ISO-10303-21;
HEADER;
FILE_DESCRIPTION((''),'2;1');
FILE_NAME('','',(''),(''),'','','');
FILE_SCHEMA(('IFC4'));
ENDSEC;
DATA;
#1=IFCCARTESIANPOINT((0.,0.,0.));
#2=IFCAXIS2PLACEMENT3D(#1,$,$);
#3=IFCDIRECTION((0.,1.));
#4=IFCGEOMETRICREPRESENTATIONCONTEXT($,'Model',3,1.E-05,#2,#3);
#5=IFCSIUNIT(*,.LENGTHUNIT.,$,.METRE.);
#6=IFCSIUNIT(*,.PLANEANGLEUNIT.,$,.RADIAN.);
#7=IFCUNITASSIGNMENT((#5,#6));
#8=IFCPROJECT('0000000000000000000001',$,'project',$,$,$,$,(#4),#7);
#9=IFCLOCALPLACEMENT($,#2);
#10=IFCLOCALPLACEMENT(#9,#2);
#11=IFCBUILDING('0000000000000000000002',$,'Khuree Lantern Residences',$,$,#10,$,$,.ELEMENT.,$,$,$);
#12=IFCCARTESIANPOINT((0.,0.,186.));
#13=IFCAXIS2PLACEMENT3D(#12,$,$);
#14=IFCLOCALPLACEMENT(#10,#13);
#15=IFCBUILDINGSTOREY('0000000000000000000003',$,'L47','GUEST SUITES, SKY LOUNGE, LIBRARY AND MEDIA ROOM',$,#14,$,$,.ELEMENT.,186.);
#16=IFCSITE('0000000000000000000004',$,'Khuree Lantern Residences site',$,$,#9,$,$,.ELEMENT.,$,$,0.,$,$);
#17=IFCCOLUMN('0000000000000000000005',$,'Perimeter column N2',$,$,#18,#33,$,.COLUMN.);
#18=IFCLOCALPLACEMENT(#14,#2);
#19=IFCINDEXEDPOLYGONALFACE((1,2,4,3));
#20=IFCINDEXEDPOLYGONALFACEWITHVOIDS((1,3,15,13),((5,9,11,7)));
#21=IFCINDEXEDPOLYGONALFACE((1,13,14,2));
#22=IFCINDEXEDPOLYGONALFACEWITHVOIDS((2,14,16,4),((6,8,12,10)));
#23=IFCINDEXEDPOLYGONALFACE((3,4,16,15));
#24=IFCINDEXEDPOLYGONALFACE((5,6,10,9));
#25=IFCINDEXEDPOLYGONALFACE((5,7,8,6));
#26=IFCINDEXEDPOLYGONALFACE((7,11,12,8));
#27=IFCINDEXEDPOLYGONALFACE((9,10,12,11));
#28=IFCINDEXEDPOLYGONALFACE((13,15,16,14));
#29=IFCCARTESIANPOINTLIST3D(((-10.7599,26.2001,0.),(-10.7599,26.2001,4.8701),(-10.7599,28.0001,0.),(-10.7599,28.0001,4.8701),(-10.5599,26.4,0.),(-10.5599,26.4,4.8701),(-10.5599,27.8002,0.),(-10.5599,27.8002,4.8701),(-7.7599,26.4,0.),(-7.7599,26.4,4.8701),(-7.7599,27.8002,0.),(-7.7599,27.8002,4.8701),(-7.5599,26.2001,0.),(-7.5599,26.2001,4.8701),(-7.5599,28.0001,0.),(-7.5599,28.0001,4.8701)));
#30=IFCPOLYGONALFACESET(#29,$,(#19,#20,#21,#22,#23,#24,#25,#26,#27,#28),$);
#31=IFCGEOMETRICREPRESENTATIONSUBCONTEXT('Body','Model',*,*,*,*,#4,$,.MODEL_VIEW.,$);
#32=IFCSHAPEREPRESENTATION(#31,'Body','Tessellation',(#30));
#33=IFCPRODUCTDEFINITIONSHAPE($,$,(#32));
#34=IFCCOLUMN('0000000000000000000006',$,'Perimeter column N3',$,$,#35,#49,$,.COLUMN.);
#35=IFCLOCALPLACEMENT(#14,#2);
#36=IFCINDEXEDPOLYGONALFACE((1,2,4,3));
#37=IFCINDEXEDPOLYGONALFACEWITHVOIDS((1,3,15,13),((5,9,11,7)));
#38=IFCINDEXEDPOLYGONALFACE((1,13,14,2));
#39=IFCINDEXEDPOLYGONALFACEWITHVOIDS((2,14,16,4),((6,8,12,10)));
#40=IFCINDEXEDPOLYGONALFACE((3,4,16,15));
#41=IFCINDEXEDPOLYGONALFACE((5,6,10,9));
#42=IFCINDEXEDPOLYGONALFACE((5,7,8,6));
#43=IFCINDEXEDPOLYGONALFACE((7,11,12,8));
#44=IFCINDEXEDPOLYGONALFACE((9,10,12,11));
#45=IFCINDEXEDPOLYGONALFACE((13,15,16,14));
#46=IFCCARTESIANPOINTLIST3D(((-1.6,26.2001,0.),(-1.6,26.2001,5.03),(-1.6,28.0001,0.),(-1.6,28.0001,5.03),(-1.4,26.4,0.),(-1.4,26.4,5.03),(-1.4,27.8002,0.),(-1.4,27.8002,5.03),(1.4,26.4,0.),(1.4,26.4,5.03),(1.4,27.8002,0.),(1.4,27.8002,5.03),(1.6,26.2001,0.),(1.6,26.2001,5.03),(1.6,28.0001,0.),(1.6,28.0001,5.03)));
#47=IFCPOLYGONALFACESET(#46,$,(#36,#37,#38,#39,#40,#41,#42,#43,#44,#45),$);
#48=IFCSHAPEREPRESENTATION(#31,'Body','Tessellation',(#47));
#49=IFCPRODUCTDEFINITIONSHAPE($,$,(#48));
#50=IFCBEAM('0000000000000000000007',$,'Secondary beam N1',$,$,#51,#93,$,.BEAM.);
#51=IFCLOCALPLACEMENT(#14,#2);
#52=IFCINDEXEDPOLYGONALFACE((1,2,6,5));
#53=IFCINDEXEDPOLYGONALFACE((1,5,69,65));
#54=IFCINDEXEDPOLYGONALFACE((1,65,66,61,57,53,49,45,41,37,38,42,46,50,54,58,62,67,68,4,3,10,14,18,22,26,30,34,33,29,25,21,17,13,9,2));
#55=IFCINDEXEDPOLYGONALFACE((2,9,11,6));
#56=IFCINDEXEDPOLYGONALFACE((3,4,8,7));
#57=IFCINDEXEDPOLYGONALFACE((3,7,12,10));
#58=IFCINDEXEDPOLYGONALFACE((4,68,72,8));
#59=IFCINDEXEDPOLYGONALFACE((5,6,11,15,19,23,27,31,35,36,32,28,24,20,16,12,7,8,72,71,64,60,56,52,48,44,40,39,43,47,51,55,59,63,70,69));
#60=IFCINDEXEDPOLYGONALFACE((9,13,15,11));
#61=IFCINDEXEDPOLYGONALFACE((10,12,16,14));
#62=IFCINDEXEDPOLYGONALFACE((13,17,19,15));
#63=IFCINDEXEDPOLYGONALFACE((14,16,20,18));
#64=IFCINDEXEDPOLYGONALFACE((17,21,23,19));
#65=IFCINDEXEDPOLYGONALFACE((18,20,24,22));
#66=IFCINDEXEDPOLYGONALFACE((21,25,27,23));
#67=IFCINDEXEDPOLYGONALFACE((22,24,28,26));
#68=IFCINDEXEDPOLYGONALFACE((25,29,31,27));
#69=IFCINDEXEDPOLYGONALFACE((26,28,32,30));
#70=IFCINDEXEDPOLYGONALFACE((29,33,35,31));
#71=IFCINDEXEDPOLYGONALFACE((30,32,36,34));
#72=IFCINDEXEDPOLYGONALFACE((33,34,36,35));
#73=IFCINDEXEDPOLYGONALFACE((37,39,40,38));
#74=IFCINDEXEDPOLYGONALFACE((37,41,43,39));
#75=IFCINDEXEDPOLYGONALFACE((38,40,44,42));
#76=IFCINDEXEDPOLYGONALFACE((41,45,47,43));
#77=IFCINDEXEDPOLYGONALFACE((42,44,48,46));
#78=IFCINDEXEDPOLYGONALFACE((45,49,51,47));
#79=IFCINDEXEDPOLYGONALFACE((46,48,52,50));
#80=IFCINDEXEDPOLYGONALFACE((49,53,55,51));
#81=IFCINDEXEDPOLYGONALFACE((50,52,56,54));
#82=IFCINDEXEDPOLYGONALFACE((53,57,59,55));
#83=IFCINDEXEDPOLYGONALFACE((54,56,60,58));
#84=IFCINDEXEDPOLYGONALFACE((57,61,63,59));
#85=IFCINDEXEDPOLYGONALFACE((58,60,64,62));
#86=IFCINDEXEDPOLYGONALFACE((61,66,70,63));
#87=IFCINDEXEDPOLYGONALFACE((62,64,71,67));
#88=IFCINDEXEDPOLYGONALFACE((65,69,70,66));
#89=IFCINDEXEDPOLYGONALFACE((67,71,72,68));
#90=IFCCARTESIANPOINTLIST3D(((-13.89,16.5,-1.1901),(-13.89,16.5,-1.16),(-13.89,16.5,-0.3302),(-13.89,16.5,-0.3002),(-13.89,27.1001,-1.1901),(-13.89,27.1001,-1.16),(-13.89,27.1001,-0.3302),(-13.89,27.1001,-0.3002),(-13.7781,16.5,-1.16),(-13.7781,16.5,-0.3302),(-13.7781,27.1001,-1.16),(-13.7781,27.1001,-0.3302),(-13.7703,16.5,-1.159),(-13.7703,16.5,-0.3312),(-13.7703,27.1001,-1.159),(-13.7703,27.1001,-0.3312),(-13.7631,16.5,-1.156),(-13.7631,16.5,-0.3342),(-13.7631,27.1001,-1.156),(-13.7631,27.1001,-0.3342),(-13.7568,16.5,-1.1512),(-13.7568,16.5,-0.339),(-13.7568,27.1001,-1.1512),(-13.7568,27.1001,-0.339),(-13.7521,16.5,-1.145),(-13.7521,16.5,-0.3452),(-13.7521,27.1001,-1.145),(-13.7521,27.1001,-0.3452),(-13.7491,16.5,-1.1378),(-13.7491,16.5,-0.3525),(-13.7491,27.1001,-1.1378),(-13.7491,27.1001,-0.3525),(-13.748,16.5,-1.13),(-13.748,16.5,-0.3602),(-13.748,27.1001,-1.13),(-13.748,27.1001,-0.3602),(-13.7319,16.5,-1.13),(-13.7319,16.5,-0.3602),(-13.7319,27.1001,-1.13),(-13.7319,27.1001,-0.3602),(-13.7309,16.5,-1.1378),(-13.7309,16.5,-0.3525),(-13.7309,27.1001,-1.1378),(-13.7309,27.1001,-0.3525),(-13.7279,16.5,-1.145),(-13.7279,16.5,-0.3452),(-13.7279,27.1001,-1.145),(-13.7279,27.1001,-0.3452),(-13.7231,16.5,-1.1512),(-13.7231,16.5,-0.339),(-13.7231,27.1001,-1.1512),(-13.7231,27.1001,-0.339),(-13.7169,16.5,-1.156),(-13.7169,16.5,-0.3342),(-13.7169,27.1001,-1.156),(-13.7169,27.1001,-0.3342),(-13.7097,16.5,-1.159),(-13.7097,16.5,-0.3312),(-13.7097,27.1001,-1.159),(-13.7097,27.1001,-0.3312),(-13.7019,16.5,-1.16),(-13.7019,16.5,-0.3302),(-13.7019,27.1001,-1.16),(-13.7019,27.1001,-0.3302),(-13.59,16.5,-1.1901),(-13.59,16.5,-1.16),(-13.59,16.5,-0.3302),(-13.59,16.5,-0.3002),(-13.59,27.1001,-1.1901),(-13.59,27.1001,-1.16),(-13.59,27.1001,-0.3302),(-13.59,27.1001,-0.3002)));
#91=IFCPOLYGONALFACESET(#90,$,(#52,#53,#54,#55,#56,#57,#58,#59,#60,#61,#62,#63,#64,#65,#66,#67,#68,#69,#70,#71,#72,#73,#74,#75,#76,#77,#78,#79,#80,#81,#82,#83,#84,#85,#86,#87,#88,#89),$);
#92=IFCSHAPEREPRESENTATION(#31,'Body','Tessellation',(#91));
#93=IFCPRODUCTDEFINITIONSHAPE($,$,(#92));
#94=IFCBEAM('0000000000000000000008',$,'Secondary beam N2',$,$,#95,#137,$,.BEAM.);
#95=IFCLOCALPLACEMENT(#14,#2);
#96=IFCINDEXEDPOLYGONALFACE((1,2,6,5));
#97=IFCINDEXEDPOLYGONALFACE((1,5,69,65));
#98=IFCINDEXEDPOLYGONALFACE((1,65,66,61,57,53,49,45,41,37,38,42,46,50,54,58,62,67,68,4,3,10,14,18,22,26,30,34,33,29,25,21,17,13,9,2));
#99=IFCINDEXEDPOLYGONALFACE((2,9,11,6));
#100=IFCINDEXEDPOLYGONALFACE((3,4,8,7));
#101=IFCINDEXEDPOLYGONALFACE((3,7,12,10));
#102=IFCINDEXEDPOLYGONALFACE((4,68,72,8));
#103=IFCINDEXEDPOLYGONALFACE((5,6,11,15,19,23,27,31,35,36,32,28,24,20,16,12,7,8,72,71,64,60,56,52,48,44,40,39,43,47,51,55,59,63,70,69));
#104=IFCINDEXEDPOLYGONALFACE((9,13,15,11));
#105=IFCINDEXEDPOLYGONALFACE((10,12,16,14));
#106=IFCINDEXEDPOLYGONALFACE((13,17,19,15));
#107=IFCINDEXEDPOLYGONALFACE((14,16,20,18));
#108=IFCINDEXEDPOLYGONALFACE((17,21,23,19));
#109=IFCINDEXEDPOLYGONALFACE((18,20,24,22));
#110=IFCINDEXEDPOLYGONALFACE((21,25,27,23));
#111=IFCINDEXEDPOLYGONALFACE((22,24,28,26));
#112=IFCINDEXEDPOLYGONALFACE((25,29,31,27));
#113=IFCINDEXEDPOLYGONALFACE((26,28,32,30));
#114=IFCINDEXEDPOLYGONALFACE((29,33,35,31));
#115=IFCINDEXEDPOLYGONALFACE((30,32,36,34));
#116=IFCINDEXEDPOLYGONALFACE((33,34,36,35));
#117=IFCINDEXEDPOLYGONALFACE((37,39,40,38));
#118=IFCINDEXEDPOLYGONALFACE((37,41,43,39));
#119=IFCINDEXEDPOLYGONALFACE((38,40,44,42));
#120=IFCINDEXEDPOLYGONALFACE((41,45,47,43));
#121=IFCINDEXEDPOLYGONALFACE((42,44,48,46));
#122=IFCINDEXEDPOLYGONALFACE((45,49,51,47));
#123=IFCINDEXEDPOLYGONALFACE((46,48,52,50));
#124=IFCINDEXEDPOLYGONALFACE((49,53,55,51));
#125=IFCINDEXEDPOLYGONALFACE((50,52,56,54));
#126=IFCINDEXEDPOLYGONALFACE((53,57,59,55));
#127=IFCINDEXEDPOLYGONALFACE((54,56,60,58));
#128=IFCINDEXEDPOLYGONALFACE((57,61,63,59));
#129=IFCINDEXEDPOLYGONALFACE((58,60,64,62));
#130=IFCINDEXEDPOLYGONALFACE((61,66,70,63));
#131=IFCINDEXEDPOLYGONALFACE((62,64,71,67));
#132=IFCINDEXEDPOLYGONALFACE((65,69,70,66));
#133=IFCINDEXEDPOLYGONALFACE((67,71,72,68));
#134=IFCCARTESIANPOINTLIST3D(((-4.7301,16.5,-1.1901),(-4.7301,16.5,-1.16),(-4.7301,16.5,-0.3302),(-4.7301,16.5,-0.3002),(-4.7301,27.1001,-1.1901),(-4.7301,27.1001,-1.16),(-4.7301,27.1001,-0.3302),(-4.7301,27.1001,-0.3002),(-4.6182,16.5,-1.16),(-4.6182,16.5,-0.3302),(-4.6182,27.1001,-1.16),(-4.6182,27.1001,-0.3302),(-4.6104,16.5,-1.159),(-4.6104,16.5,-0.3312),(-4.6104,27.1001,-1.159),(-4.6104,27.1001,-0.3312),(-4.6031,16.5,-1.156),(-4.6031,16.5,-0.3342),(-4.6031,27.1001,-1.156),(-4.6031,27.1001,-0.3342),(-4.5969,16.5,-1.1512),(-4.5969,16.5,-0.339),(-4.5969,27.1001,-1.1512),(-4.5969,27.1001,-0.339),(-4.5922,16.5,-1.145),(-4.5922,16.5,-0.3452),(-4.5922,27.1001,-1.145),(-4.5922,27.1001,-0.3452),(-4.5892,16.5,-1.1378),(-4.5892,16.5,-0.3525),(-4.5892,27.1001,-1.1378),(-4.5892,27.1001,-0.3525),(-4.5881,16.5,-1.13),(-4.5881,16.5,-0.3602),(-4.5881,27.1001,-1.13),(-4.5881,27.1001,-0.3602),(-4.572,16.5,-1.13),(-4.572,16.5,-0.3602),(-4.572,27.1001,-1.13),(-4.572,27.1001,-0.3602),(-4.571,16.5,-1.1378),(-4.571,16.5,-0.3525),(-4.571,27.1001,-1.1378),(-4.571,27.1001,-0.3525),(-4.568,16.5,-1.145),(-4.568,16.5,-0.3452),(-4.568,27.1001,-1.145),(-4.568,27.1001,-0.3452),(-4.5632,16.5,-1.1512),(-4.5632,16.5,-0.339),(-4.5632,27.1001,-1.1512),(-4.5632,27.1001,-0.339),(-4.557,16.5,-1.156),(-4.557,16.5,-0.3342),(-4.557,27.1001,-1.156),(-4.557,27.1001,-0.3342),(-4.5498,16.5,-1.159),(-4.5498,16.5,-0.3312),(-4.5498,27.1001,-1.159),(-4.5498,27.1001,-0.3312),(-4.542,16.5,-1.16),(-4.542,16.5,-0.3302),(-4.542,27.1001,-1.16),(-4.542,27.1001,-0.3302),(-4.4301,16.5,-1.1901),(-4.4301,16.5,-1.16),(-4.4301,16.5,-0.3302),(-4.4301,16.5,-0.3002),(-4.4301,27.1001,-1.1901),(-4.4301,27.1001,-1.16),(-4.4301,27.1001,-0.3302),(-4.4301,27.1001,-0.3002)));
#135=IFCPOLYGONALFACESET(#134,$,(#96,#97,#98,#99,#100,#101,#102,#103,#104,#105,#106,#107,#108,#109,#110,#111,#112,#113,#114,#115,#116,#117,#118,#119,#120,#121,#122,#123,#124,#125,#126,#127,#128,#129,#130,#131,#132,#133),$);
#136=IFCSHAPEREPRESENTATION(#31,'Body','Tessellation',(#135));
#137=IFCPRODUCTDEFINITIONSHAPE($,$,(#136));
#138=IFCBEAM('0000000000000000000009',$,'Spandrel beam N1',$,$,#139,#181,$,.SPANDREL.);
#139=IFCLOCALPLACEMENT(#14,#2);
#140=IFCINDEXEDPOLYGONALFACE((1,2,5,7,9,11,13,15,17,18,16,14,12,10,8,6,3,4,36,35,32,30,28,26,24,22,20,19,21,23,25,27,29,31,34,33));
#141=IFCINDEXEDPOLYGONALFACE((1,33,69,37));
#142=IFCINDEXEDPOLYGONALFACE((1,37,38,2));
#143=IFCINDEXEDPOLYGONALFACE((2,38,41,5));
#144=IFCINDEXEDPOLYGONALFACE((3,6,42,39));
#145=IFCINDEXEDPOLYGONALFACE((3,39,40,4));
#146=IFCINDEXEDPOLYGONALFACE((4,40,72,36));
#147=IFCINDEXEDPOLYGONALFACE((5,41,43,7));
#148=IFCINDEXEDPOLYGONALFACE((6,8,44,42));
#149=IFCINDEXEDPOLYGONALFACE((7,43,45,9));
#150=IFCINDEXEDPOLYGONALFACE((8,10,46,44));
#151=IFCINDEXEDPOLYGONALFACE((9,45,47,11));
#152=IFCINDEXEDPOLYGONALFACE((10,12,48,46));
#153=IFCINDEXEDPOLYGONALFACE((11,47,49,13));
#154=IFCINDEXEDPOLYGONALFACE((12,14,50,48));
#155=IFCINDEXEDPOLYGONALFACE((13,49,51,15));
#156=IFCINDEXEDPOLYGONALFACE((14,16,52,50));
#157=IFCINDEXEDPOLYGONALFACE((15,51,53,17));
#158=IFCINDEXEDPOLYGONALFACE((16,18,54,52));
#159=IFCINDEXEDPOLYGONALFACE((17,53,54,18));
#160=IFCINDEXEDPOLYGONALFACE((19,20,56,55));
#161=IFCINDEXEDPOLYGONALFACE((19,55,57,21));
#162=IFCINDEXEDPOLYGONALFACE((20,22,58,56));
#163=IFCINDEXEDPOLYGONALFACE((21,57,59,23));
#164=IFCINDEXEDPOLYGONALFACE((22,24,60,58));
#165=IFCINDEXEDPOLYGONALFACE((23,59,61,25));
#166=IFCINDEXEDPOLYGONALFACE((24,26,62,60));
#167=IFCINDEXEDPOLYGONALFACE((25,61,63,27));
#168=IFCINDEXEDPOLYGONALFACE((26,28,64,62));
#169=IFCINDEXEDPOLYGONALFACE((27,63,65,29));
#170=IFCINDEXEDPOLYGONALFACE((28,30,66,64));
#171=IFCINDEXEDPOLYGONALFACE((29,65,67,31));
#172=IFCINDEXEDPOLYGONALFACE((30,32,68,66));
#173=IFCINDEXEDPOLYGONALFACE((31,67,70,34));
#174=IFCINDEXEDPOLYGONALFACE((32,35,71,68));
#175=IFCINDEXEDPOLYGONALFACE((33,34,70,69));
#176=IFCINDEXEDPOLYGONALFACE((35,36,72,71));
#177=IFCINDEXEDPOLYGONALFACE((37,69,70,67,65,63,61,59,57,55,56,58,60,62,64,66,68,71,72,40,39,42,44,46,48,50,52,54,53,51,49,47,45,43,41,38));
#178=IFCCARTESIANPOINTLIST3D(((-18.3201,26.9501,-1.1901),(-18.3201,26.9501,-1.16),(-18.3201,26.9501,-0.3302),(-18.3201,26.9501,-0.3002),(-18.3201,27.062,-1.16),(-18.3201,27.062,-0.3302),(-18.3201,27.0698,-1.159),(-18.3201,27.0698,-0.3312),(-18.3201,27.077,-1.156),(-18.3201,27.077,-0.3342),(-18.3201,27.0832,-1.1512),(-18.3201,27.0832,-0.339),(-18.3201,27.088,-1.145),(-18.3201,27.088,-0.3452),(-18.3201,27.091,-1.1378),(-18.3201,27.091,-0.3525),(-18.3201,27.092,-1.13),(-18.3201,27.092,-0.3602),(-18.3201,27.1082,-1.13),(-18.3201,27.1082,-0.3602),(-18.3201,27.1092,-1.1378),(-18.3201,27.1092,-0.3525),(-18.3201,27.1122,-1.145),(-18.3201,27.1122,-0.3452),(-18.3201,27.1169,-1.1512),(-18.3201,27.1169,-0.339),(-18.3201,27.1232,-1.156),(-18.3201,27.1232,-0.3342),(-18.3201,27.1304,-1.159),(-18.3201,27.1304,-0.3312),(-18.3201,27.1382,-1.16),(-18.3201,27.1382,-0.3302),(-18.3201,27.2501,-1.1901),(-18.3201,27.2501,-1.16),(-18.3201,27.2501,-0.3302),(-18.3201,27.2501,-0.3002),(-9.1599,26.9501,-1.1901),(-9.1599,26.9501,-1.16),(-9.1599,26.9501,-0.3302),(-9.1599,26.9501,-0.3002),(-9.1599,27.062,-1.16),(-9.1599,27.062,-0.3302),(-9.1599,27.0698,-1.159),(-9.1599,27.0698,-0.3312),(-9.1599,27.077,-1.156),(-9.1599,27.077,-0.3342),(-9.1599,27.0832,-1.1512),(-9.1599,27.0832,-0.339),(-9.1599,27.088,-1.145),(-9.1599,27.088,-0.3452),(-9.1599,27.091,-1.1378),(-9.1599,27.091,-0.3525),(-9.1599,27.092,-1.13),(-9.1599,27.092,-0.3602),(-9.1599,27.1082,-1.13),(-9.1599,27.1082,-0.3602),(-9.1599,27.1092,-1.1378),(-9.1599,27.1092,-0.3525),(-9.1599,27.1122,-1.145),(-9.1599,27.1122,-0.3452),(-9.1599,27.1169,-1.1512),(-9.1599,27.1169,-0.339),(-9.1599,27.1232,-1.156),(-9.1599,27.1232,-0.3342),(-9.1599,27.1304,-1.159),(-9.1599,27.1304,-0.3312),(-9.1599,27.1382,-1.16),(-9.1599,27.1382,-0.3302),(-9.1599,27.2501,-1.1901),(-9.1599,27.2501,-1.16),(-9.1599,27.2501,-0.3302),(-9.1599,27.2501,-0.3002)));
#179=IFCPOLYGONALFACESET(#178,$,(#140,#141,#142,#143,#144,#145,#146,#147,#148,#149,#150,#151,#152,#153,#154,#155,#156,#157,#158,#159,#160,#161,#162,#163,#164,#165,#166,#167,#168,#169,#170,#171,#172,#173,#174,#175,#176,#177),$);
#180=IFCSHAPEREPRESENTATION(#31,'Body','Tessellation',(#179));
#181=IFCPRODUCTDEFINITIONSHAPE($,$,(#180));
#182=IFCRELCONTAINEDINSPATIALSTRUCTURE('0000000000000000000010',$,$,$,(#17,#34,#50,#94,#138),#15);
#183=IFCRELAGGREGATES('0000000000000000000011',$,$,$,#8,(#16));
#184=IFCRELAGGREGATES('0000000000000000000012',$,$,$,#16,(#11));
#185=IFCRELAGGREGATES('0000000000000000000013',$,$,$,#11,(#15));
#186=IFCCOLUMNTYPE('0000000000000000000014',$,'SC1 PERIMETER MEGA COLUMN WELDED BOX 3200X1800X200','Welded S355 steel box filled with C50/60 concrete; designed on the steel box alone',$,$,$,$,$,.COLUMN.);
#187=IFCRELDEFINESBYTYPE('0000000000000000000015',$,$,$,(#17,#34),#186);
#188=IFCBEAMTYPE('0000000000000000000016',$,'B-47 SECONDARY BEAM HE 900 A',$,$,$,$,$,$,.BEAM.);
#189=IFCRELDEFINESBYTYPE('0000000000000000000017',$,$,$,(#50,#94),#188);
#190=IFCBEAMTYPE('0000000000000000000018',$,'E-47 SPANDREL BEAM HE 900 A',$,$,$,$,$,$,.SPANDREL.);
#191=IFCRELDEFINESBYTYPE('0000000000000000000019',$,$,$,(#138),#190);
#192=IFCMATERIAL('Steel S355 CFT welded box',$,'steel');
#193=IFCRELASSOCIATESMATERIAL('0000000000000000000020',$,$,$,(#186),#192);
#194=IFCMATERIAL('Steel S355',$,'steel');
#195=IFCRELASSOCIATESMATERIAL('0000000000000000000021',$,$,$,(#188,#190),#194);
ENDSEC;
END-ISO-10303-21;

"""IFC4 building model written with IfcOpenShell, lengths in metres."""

from ifc_helpers import new_model, si_unit, direction, frame, origin, origin_2d, place, context, subcontext, project, spatial, hollow_rectangle, i_section, extrude, material, material_profile, profile_set, type_object, element, save


model = new_model("IFC4")

# Units and contexts
model_context = context("Model", 3, precision=1e-05, world=origin(), true_north=direction((0.0, 1.0)))
body_context = subcontext(model_context, "Body", "Model", "MODEL_VIEW")
ifc_project = project(units=[si_unit("LENGTHUNIT", "METRE"), si_unit("PLANEANGLEUNIT", "RADIAN")], contexts=[model_context])

# Site, building, storey
site_placement = place(None, origin())
site = spatial("IfcSite", under=ifc_project, at=site_placement, Name="Khuree Lantern Residences site", CompositionType="ELEMENT", RefElevation=0.0)
building_placement = place(site_placement, origin())
building = spatial("IfcBuilding", under=site, at=building_placement, Name="Khuree Lantern Residences", CompositionType="ELEMENT")
storey_placement = place(building_placement, frame((0.0, 0.0, 186.0)))
storey = spatial("IfcBuildingStorey", under=building, at=storey_placement, Name="L47", Description="GUEST SUITES, SKY LOUNGE, LIBRARY AND MEDIA ROOM", CompositionType="ELEMENT", Elevation=186.0)

# Columns
ifc_material_1 = material(Name="Steel S355 CFT welded box", Category="steel")
ifc_material_profile_1 = material_profile(ifc_material_1, hollow_rectangle(XDim=3.2, YDim=1.8, WallThickness=0.2, at=origin_2d()), Name="WELDED BOX 3200X1800X200")
ifc_profile_set_1 = profile_set([ifc_material_profile_1], Name="Steel S355 CFT welded box")
column_type = type_object("IfcColumnType", Name="SC1 PERIMETER MEGA COLUMN WELDED BOX 3200X1800X200", Description="Welded S355 steel box filled with C50/60 concrete; designed on the steel box alone", PredefinedType="COLUMN", material=ifc_profile_set_1)
column_1_placement = place(storey_placement, frame((-9.1599, 27.1001, 0.0), z_axis=(0.0, 0.0, 1.0), x_axis=(1.0, 0.0, 0.0)))
element("IfcColumn", 1, at=column_1_placement, inside=storey, type_object=column_type, Name="Perimeter column N2", PredefinedType="COLUMN", context=body_context, shape_type="SweptSolid", body=[
    extrude(hollow_rectangle(XDim=3.2, YDim=1.8, WallThickness=0.2, at=origin_2d()), origin(), (0.0, 0.0, 1.0), 4.8701),
])
column_2_placement = place(storey_placement, frame((0.0, 27.1001, 0.0), z_axis=(0.0, 0.0, 1.0), x_axis=(1.0, 0.0, 0.0)))
element("IfcColumn", 2, at=column_2_placement, inside=storey, type_object=column_type, Name="Perimeter column N3", PredefinedType="COLUMN", context=body_context, shape_type="SweptSolid", body=[
    extrude(hollow_rectangle(XDim=3.2, YDim=1.8, WallThickness=0.2, at=origin_2d()), origin(), (0.0, 0.0, 1.0), 5.03),
])

# Beams
ifc_material_2 = material(Name="Steel S355", Category="steel")
ifc_material_profile_2 = material_profile(ifc_material_2, i_section(OverallWidth=0.3, OverallDepth=0.8899, WebThickness=0.0161, FlangeThickness=0.03, FilletRadius=0.03, at=origin_2d()), Name="HE 900 A")
ifc_profile_set_2 = profile_set([ifc_material_profile_2], Name="Steel S355")
beam_type_1 = type_object("IfcBeamType", Name="B-47 SECONDARY BEAM HE 900 A", PredefinedType="BEAM", material=ifc_profile_set_2)
for number, where, z_axis, x_axis, name in (
    (3, (-13.74, 27.1001, -0.7451), (0.0, -1.0, 0.0), (1.0, 0.0, 0.0), "Secondary beam N1"),
    (4, (-4.5801, 27.1001, -0.7451), (0.0, -1.0, 0.0), (1.0, 0.0, 0.0), "Secondary beam N2"),
):
    element("IfcBeam", number, at=place(storey_placement, frame(where, z_axis=z_axis, x_axis=x_axis)), inside=storey, type_object=beam_type_1, Name=name, PredefinedType="BEAM", context=body_context, shape_type="SweptSolid", body=[
        extrude(i_section(OverallWidth=0.3, OverallDepth=0.8899, WebThickness=0.0161, FlangeThickness=0.03, FilletRadius=0.03, at=origin_2d()), origin(), (0.0, 0.0, 1.0), 10.6001),
    ])
ifc_material_profile_3 = material_profile(ifc_material_2, i_section(OverallWidth=0.3, OverallDepth=0.8899, WebThickness=0.0161, FlangeThickness=0.03, FilletRadius=0.03, at=origin_2d()), Name="HE 900 A")
ifc_profile_set_3 = profile_set([ifc_material_profile_3], Name="Steel S355")
beam_type_2 = type_object("IfcBeamType", Name="E-47 SPANDREL BEAM HE 900 A", PredefinedType="SPANDREL", material=ifc_profile_set_3)
beam_1_placement = place(storey_placement, frame((-18.3201, 27.1001, -0.7451), z_axis=(1.0, 0.0, 0.0), x_axis=(0.0, 1.0, 0.0)))
element("IfcBeam", 5, at=beam_1_placement, inside=storey, type_object=beam_type_2, Name="Spandrel beam N1", PredefinedType="SPANDREL", context=body_context, shape_type="SweptSolid", body=[
    extrude(i_section(OverallWidth=0.3, OverallDepth=0.8899, WebThickness=0.0161, FlangeThickness=0.03, FilletRadius=0.03, at=origin_2d()), origin(), (0.0, 0.0, 1.0), 9.1602),
])

save(model, "model.ifc")
